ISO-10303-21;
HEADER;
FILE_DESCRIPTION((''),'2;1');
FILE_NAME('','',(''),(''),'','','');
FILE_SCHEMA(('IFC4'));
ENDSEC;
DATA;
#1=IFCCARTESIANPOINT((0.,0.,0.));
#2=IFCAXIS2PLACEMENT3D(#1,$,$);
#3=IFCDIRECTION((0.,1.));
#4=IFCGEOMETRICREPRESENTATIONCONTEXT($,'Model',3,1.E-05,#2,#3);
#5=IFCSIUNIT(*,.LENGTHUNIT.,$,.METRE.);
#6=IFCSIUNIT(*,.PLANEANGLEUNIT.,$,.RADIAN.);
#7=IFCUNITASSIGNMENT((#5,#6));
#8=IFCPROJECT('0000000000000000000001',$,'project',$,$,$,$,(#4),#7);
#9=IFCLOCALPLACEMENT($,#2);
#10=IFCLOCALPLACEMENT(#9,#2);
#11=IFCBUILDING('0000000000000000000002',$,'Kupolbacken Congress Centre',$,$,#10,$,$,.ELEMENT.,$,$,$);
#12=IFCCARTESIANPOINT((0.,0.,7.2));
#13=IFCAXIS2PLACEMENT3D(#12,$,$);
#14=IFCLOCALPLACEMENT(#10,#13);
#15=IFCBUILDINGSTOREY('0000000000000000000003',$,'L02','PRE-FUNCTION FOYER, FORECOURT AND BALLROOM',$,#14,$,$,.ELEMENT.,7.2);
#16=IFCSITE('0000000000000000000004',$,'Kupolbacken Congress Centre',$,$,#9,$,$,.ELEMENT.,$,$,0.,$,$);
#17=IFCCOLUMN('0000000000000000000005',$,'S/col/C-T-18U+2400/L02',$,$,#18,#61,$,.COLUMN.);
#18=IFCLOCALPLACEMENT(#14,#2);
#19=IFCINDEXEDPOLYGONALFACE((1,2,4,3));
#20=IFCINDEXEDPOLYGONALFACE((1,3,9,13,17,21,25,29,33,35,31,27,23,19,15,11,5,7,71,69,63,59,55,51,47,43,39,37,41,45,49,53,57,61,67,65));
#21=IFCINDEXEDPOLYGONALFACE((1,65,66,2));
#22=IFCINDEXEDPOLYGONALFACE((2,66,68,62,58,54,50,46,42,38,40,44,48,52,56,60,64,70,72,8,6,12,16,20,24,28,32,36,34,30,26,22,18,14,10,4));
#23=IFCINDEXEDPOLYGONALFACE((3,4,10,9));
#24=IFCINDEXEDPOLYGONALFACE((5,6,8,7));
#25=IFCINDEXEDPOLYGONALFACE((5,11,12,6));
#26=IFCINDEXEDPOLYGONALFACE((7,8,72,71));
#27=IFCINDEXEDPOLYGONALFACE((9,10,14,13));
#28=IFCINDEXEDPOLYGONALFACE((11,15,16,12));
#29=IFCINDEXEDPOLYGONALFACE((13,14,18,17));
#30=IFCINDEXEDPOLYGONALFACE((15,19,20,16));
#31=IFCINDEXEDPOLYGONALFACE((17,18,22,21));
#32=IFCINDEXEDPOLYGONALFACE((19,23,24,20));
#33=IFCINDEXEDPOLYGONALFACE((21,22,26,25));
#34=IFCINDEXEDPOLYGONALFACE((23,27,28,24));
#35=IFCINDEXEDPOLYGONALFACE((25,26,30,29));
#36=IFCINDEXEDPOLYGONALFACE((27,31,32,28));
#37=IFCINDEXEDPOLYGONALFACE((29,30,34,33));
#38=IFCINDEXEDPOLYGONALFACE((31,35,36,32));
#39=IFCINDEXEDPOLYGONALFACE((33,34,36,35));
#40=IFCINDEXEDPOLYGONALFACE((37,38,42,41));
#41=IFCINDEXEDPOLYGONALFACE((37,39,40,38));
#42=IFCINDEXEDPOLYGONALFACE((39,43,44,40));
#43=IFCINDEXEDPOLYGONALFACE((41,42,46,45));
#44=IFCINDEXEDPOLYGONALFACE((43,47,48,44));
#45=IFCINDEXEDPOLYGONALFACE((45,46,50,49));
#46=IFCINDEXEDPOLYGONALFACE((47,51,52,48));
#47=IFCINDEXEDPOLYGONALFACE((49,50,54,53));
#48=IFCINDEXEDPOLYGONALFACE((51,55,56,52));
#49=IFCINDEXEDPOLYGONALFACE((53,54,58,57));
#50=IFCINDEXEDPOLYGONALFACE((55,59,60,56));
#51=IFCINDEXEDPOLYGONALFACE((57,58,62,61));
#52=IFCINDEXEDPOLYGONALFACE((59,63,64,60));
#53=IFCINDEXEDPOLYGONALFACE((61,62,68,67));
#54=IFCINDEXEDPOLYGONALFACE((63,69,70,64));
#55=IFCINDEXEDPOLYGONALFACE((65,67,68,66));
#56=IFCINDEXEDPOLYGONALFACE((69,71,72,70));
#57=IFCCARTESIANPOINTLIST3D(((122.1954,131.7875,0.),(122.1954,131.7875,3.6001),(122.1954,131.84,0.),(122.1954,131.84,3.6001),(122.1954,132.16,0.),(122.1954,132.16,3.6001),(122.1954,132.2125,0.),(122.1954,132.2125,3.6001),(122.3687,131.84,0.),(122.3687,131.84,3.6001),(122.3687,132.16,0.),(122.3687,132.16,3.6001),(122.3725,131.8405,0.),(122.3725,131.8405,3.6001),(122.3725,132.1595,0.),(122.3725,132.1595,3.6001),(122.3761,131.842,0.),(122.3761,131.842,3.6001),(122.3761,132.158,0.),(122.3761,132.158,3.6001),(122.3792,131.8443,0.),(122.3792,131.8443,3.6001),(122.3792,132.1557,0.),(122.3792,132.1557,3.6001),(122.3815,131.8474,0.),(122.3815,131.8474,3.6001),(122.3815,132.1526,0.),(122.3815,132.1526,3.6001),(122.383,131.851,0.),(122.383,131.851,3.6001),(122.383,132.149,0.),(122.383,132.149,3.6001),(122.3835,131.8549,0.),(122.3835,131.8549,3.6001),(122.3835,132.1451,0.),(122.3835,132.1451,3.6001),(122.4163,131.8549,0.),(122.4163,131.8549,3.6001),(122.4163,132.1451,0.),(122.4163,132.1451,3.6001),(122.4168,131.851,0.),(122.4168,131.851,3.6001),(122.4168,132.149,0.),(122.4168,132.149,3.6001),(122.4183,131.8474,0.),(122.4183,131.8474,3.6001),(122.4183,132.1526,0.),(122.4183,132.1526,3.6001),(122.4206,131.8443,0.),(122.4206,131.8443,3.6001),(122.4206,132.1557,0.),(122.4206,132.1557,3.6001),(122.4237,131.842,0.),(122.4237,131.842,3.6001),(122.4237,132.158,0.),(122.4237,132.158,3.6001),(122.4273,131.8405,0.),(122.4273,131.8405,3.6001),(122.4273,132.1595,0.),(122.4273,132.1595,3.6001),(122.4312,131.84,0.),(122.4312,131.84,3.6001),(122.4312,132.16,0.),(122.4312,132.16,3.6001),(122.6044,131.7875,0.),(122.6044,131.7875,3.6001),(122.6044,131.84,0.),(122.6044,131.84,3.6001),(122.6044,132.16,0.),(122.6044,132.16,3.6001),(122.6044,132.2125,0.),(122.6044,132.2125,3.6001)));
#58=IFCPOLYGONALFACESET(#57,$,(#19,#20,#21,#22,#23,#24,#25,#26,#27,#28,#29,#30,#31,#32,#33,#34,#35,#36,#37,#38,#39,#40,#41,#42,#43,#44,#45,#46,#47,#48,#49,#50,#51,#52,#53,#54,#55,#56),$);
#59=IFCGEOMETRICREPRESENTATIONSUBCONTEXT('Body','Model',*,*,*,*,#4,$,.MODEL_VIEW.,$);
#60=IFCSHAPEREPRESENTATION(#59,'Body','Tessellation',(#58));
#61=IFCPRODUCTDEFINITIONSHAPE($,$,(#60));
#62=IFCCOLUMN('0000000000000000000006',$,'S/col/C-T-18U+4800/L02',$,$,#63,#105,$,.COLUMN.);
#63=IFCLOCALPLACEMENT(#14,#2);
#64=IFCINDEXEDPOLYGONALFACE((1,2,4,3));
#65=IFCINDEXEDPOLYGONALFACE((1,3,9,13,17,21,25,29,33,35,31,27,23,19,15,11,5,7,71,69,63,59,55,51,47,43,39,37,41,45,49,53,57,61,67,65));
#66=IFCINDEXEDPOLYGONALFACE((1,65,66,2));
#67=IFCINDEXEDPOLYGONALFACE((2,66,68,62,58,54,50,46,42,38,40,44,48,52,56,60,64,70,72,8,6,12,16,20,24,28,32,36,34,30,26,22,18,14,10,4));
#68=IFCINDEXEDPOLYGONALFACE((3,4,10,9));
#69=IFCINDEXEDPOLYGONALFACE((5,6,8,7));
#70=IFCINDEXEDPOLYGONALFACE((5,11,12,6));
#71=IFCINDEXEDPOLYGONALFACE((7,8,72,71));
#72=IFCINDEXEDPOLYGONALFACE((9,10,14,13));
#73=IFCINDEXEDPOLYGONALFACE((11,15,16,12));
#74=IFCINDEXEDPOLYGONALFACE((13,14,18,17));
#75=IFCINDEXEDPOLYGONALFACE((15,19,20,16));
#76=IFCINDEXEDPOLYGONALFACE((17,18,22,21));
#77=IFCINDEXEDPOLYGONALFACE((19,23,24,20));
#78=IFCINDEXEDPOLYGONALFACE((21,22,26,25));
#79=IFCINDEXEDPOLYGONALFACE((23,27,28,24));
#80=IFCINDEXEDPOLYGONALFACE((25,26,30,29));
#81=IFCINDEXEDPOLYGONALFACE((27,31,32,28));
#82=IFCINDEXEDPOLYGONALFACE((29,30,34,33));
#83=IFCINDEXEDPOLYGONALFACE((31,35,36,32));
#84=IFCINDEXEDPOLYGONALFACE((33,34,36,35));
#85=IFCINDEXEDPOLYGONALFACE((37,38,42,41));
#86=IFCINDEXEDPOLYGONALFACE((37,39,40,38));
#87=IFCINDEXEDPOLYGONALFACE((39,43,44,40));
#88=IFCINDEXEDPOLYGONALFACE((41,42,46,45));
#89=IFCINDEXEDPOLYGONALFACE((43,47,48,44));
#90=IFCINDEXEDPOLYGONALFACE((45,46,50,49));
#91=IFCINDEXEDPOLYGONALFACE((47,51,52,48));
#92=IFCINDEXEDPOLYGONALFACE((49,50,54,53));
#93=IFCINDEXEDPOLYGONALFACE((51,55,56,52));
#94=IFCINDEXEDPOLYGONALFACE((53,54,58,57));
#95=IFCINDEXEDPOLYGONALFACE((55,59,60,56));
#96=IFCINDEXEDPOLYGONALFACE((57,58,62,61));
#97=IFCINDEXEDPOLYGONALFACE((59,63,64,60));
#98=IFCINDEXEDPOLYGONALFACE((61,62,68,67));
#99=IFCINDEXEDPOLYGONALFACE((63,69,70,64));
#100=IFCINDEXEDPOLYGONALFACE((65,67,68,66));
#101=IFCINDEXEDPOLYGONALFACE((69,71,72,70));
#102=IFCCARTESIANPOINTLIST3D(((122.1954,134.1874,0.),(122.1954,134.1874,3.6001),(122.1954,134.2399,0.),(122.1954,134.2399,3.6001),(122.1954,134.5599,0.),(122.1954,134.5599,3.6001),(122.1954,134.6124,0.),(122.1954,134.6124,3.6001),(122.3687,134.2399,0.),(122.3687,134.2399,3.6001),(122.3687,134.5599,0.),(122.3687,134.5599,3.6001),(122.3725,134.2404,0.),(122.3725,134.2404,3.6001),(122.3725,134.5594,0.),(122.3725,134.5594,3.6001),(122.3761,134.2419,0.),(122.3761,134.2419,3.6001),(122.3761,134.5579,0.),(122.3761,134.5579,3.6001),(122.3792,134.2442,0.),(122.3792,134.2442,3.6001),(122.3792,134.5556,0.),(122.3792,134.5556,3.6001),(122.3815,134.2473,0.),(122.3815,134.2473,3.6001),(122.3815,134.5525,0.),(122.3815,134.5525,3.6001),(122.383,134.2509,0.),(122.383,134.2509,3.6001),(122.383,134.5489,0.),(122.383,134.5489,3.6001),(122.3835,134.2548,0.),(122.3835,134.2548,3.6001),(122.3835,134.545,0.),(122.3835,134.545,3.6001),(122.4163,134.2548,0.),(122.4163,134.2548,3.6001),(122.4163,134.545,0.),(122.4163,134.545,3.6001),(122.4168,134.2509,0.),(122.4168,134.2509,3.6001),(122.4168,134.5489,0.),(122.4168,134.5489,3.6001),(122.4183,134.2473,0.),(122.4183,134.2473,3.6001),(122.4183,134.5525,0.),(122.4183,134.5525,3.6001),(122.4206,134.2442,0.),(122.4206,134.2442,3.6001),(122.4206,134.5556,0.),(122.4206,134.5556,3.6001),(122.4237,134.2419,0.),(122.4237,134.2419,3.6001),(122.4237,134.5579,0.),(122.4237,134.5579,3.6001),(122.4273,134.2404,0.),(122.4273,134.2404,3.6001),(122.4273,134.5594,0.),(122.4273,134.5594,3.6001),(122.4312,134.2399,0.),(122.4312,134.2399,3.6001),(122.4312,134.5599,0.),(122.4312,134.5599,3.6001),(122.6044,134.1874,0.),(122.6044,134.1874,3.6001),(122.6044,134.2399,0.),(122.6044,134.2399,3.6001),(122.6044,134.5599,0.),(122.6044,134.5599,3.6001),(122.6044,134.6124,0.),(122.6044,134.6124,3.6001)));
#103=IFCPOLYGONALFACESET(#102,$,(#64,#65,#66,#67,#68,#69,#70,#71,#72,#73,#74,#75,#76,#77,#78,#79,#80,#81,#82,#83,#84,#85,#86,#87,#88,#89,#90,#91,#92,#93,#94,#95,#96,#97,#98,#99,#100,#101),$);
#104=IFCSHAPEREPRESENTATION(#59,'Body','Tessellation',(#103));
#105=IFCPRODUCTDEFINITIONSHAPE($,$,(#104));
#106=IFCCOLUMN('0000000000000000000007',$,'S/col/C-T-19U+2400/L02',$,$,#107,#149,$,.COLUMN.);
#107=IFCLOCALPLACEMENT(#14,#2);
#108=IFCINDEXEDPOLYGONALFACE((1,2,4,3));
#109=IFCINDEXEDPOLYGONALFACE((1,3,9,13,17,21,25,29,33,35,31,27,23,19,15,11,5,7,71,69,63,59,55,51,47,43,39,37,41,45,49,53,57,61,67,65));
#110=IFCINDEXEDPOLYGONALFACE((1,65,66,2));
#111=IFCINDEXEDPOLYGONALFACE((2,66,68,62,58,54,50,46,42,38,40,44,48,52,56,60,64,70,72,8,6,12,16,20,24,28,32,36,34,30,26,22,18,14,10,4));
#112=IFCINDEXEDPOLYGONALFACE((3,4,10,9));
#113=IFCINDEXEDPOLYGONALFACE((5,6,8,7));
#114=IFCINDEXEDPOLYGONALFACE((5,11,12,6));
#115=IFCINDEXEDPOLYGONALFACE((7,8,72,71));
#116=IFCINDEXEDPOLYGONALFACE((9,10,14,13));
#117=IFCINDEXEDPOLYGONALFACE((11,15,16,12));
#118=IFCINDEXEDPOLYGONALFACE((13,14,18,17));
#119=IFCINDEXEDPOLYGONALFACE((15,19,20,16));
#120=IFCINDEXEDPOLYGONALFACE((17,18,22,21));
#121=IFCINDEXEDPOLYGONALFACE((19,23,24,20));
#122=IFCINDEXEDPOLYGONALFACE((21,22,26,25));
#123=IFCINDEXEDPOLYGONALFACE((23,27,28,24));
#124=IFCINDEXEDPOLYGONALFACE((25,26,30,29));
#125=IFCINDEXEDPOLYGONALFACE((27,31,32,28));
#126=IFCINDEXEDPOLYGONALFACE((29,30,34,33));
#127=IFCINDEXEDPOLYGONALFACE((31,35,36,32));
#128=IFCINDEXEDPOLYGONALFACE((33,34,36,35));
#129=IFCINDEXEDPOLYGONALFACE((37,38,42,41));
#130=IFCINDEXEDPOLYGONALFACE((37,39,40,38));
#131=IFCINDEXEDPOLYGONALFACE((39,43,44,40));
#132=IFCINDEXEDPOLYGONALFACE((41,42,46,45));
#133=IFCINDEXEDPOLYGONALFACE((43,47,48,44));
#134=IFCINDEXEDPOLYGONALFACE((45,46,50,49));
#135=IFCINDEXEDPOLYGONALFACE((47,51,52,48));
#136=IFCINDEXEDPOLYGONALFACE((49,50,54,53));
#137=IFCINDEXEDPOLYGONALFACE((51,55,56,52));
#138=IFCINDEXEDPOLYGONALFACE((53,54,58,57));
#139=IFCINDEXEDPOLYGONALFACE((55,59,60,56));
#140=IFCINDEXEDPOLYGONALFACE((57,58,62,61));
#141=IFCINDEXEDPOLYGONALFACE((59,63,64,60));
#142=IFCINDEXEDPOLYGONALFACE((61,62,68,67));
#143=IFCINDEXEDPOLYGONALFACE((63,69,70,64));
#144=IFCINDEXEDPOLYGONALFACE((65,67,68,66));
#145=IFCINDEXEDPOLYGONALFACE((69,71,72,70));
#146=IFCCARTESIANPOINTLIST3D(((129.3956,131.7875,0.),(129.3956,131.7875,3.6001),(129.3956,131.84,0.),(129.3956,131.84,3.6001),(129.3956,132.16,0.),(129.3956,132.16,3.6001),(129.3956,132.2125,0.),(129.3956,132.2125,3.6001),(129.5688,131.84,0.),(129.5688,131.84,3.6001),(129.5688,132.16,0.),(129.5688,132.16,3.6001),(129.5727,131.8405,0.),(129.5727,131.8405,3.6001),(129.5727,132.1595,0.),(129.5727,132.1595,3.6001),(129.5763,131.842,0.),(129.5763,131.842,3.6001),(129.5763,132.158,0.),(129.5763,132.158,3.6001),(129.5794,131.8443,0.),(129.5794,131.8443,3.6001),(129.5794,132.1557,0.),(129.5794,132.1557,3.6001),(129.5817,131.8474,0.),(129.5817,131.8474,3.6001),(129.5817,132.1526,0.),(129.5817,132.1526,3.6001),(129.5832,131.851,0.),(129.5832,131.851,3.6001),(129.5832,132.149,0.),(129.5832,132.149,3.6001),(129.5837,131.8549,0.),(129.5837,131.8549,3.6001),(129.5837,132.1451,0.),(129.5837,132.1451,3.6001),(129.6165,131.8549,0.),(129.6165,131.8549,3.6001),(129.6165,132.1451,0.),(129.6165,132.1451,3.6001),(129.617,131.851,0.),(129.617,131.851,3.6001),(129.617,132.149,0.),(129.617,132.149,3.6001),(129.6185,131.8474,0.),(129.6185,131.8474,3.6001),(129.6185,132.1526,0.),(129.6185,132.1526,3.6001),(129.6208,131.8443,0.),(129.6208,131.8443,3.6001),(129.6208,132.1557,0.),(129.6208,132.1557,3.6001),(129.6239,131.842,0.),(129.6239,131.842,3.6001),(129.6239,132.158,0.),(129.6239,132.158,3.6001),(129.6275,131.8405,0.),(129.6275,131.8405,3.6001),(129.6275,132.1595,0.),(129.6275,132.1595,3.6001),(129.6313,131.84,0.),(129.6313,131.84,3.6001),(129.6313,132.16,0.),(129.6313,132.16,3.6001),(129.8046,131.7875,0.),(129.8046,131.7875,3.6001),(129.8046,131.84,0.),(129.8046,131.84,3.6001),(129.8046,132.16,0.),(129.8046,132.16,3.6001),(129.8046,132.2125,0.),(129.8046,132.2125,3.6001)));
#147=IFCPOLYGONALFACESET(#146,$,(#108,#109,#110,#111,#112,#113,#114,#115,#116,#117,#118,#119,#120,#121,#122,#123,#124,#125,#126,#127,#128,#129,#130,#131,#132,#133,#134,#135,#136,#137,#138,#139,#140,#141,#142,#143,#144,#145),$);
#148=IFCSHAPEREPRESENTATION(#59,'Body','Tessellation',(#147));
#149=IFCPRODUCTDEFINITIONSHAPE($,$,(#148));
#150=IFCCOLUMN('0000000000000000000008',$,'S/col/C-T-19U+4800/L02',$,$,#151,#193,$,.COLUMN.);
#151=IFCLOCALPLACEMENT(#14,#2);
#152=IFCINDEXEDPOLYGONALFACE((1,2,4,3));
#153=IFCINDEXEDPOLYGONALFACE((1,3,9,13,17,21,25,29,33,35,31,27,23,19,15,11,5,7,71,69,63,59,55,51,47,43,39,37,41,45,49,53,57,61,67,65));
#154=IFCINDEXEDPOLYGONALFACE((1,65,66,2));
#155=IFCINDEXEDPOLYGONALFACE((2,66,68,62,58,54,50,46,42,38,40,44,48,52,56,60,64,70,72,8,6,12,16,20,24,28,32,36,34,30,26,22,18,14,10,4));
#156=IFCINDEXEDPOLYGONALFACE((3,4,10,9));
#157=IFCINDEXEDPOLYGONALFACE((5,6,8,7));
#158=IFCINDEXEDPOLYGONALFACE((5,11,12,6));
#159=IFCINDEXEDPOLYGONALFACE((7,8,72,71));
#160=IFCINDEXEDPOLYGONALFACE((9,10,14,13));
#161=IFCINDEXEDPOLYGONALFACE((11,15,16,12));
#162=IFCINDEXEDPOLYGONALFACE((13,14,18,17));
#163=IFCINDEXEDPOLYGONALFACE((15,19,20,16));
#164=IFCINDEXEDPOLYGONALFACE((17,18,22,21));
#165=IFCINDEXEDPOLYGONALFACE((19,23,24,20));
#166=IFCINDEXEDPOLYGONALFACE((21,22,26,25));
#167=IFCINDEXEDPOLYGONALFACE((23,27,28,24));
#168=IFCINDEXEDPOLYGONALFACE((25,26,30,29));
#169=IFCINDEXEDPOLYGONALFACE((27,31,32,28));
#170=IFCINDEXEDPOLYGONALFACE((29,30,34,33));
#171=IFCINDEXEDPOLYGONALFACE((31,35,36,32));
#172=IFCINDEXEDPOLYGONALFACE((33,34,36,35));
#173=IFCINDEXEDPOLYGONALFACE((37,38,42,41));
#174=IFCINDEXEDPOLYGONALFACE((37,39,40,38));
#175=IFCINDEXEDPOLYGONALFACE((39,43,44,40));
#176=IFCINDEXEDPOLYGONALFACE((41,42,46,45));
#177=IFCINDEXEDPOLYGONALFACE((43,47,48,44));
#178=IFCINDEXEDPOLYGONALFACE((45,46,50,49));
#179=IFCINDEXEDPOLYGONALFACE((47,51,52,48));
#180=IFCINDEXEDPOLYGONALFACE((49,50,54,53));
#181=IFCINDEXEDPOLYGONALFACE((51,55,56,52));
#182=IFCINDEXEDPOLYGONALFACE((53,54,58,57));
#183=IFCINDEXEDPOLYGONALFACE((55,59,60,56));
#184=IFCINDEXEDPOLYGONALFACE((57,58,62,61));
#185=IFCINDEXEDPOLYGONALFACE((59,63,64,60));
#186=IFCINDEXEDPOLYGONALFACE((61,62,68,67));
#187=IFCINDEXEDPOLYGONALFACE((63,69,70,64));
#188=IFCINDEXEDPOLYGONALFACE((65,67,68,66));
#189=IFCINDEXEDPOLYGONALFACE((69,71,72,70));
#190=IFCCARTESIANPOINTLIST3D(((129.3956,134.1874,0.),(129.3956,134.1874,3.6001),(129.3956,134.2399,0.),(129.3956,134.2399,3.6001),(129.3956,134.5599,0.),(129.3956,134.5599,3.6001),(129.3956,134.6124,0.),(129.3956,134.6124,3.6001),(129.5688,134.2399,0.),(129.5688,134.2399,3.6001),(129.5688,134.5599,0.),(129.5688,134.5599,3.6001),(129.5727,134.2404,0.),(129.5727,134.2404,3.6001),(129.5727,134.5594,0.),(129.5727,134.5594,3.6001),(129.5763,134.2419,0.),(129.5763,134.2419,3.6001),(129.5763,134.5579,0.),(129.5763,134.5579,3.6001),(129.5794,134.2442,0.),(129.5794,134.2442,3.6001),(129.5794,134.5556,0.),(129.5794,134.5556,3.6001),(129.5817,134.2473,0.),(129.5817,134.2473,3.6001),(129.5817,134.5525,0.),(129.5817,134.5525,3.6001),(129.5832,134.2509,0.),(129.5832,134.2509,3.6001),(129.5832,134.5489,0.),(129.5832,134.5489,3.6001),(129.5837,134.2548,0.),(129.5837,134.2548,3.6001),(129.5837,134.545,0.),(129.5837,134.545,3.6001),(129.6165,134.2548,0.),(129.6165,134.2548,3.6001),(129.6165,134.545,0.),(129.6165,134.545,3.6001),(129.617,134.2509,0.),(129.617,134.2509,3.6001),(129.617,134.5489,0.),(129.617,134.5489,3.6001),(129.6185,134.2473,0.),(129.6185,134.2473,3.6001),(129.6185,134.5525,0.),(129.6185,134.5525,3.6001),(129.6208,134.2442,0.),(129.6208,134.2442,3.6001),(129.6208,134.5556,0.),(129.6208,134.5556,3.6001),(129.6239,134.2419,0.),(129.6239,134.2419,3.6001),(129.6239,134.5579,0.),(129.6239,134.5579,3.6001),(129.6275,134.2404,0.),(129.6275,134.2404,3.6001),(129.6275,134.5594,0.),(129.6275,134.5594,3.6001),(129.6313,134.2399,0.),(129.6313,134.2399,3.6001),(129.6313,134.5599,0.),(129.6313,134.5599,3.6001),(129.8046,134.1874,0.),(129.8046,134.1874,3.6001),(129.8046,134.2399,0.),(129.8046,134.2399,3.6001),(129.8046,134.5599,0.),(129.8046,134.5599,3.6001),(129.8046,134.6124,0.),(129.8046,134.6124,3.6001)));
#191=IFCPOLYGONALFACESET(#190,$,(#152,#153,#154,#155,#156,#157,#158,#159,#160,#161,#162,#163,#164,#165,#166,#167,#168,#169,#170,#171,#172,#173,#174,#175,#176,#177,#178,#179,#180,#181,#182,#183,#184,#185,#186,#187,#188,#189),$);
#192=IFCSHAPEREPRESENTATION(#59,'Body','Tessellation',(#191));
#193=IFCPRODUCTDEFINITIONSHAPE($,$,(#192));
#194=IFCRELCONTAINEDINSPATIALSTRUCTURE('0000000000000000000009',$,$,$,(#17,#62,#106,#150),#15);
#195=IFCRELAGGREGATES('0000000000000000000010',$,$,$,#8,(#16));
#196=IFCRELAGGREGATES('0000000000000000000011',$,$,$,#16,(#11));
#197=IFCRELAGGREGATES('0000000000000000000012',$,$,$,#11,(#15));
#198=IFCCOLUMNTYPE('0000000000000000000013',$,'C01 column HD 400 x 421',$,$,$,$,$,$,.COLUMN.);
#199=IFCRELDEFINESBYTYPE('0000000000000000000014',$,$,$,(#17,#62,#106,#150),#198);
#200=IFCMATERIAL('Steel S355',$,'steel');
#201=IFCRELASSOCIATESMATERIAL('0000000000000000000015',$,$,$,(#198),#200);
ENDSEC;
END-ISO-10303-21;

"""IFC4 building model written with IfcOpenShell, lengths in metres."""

from ifc_helpers import new_model, si_unit, direction, frame, origin, origin_2d, place, context, subcontext, project, spatial, i_section, extrude, material, material_profile, profile_set, type_object, element, save


model = new_model("IFC4")

# Units and contexts
model_context = context("Model", 3, precision=1e-05, world=origin(), true_north=direction((0.0, 1.0)))
body_context = subcontext(model_context, "Body", "Model", "MODEL_VIEW")
ifc_project = project(units=[si_unit("LENGTHUNIT", "METRE"), si_unit("PLANEANGLEUNIT", "RADIAN")], contexts=[model_context])

# Site, building, storey
site_placement = place(None, origin())
site = spatial("IfcSite", under=ifc_project, at=site_placement, Name="Kupolbacken Congress Centre", CompositionType="ELEMENT", RefElevation=0.0)
building_placement = place(site_placement, origin())
building = spatial("IfcBuilding", under=site, at=building_placement, Name="Kupolbacken Congress Centre", CompositionType="ELEMENT")
storey_placement = place(building_placement, frame((0.0, 0.0, 7.2)))
storey = spatial("IfcBuildingStorey", under=building, at=storey_placement, Name="L02", Description="PRE-FUNCTION FOYER, FORECOURT AND BALLROOM", CompositionType="ELEMENT", Elevation=7.2)

# Columns
ifc_material_1 = material(Name="Steel S355", Category="steel")
ifc_material_profile_1 = material_profile(ifc_material_1, i_section(OverallWidth=0.4089, OverallDepth=0.425, WebThickness=0.0327, FlangeThickness=0.0525, FilletRadius=0.0149, at=origin_2d()), Name="HD 400 x 421")
ifc_profile_set_1 = profile_set([ifc_material_profile_1], Name="Steel S355")
column_type_1 = type_object("IfcColumnType", Name="C01 column HD 400 x 421", PredefinedType="COLUMN", material=ifc_profile_set_1)
for number, where, z_axis, x_axis, name in (
    (1, (122.3999, 132.0, 0.0), (0.0, 0.0, 1.0), (1.0, 0.0, 0.0), "S/col/C-T-18U+2400/L02"),
    (2, (122.3999, 134.3999, 0.0), (0.0, 0.0, 1.0), (1.0, 0.0, 0.0), "S/col/C-T-18U+4800/L02"),
    (3, (129.6001, 132.0, 0.0), (0.0, 0.0, 1.0), (1.0, 0.0, 0.0), "S/col/C-T-19U+2400/L02"),
    (4, (129.6001, 134.3999, 0.0), (0.0, 0.0, 1.0), (1.0, 0.0, 0.0), "S/col/C-T-19U+4800/L02"),
):
    element("IfcColumn", number, at=place(storey_placement, frame(where, z_axis=z_axis, x_axis=x_axis)), inside=storey, type_object=column_type_1, Name=name, PredefinedType="COLUMN", context=body_context, shape_type="SweptSolid", body=[
        extrude(i_section(OverallWidth=0.4089, OverallDepth=0.425, WebThickness=0.0327, FlangeThickness=0.0525, FilletRadius=0.0149, at=origin_2d()), origin(), (0.0, 0.0, 1.0), 3.6001),
    ])

save(model, "model.ifc")
